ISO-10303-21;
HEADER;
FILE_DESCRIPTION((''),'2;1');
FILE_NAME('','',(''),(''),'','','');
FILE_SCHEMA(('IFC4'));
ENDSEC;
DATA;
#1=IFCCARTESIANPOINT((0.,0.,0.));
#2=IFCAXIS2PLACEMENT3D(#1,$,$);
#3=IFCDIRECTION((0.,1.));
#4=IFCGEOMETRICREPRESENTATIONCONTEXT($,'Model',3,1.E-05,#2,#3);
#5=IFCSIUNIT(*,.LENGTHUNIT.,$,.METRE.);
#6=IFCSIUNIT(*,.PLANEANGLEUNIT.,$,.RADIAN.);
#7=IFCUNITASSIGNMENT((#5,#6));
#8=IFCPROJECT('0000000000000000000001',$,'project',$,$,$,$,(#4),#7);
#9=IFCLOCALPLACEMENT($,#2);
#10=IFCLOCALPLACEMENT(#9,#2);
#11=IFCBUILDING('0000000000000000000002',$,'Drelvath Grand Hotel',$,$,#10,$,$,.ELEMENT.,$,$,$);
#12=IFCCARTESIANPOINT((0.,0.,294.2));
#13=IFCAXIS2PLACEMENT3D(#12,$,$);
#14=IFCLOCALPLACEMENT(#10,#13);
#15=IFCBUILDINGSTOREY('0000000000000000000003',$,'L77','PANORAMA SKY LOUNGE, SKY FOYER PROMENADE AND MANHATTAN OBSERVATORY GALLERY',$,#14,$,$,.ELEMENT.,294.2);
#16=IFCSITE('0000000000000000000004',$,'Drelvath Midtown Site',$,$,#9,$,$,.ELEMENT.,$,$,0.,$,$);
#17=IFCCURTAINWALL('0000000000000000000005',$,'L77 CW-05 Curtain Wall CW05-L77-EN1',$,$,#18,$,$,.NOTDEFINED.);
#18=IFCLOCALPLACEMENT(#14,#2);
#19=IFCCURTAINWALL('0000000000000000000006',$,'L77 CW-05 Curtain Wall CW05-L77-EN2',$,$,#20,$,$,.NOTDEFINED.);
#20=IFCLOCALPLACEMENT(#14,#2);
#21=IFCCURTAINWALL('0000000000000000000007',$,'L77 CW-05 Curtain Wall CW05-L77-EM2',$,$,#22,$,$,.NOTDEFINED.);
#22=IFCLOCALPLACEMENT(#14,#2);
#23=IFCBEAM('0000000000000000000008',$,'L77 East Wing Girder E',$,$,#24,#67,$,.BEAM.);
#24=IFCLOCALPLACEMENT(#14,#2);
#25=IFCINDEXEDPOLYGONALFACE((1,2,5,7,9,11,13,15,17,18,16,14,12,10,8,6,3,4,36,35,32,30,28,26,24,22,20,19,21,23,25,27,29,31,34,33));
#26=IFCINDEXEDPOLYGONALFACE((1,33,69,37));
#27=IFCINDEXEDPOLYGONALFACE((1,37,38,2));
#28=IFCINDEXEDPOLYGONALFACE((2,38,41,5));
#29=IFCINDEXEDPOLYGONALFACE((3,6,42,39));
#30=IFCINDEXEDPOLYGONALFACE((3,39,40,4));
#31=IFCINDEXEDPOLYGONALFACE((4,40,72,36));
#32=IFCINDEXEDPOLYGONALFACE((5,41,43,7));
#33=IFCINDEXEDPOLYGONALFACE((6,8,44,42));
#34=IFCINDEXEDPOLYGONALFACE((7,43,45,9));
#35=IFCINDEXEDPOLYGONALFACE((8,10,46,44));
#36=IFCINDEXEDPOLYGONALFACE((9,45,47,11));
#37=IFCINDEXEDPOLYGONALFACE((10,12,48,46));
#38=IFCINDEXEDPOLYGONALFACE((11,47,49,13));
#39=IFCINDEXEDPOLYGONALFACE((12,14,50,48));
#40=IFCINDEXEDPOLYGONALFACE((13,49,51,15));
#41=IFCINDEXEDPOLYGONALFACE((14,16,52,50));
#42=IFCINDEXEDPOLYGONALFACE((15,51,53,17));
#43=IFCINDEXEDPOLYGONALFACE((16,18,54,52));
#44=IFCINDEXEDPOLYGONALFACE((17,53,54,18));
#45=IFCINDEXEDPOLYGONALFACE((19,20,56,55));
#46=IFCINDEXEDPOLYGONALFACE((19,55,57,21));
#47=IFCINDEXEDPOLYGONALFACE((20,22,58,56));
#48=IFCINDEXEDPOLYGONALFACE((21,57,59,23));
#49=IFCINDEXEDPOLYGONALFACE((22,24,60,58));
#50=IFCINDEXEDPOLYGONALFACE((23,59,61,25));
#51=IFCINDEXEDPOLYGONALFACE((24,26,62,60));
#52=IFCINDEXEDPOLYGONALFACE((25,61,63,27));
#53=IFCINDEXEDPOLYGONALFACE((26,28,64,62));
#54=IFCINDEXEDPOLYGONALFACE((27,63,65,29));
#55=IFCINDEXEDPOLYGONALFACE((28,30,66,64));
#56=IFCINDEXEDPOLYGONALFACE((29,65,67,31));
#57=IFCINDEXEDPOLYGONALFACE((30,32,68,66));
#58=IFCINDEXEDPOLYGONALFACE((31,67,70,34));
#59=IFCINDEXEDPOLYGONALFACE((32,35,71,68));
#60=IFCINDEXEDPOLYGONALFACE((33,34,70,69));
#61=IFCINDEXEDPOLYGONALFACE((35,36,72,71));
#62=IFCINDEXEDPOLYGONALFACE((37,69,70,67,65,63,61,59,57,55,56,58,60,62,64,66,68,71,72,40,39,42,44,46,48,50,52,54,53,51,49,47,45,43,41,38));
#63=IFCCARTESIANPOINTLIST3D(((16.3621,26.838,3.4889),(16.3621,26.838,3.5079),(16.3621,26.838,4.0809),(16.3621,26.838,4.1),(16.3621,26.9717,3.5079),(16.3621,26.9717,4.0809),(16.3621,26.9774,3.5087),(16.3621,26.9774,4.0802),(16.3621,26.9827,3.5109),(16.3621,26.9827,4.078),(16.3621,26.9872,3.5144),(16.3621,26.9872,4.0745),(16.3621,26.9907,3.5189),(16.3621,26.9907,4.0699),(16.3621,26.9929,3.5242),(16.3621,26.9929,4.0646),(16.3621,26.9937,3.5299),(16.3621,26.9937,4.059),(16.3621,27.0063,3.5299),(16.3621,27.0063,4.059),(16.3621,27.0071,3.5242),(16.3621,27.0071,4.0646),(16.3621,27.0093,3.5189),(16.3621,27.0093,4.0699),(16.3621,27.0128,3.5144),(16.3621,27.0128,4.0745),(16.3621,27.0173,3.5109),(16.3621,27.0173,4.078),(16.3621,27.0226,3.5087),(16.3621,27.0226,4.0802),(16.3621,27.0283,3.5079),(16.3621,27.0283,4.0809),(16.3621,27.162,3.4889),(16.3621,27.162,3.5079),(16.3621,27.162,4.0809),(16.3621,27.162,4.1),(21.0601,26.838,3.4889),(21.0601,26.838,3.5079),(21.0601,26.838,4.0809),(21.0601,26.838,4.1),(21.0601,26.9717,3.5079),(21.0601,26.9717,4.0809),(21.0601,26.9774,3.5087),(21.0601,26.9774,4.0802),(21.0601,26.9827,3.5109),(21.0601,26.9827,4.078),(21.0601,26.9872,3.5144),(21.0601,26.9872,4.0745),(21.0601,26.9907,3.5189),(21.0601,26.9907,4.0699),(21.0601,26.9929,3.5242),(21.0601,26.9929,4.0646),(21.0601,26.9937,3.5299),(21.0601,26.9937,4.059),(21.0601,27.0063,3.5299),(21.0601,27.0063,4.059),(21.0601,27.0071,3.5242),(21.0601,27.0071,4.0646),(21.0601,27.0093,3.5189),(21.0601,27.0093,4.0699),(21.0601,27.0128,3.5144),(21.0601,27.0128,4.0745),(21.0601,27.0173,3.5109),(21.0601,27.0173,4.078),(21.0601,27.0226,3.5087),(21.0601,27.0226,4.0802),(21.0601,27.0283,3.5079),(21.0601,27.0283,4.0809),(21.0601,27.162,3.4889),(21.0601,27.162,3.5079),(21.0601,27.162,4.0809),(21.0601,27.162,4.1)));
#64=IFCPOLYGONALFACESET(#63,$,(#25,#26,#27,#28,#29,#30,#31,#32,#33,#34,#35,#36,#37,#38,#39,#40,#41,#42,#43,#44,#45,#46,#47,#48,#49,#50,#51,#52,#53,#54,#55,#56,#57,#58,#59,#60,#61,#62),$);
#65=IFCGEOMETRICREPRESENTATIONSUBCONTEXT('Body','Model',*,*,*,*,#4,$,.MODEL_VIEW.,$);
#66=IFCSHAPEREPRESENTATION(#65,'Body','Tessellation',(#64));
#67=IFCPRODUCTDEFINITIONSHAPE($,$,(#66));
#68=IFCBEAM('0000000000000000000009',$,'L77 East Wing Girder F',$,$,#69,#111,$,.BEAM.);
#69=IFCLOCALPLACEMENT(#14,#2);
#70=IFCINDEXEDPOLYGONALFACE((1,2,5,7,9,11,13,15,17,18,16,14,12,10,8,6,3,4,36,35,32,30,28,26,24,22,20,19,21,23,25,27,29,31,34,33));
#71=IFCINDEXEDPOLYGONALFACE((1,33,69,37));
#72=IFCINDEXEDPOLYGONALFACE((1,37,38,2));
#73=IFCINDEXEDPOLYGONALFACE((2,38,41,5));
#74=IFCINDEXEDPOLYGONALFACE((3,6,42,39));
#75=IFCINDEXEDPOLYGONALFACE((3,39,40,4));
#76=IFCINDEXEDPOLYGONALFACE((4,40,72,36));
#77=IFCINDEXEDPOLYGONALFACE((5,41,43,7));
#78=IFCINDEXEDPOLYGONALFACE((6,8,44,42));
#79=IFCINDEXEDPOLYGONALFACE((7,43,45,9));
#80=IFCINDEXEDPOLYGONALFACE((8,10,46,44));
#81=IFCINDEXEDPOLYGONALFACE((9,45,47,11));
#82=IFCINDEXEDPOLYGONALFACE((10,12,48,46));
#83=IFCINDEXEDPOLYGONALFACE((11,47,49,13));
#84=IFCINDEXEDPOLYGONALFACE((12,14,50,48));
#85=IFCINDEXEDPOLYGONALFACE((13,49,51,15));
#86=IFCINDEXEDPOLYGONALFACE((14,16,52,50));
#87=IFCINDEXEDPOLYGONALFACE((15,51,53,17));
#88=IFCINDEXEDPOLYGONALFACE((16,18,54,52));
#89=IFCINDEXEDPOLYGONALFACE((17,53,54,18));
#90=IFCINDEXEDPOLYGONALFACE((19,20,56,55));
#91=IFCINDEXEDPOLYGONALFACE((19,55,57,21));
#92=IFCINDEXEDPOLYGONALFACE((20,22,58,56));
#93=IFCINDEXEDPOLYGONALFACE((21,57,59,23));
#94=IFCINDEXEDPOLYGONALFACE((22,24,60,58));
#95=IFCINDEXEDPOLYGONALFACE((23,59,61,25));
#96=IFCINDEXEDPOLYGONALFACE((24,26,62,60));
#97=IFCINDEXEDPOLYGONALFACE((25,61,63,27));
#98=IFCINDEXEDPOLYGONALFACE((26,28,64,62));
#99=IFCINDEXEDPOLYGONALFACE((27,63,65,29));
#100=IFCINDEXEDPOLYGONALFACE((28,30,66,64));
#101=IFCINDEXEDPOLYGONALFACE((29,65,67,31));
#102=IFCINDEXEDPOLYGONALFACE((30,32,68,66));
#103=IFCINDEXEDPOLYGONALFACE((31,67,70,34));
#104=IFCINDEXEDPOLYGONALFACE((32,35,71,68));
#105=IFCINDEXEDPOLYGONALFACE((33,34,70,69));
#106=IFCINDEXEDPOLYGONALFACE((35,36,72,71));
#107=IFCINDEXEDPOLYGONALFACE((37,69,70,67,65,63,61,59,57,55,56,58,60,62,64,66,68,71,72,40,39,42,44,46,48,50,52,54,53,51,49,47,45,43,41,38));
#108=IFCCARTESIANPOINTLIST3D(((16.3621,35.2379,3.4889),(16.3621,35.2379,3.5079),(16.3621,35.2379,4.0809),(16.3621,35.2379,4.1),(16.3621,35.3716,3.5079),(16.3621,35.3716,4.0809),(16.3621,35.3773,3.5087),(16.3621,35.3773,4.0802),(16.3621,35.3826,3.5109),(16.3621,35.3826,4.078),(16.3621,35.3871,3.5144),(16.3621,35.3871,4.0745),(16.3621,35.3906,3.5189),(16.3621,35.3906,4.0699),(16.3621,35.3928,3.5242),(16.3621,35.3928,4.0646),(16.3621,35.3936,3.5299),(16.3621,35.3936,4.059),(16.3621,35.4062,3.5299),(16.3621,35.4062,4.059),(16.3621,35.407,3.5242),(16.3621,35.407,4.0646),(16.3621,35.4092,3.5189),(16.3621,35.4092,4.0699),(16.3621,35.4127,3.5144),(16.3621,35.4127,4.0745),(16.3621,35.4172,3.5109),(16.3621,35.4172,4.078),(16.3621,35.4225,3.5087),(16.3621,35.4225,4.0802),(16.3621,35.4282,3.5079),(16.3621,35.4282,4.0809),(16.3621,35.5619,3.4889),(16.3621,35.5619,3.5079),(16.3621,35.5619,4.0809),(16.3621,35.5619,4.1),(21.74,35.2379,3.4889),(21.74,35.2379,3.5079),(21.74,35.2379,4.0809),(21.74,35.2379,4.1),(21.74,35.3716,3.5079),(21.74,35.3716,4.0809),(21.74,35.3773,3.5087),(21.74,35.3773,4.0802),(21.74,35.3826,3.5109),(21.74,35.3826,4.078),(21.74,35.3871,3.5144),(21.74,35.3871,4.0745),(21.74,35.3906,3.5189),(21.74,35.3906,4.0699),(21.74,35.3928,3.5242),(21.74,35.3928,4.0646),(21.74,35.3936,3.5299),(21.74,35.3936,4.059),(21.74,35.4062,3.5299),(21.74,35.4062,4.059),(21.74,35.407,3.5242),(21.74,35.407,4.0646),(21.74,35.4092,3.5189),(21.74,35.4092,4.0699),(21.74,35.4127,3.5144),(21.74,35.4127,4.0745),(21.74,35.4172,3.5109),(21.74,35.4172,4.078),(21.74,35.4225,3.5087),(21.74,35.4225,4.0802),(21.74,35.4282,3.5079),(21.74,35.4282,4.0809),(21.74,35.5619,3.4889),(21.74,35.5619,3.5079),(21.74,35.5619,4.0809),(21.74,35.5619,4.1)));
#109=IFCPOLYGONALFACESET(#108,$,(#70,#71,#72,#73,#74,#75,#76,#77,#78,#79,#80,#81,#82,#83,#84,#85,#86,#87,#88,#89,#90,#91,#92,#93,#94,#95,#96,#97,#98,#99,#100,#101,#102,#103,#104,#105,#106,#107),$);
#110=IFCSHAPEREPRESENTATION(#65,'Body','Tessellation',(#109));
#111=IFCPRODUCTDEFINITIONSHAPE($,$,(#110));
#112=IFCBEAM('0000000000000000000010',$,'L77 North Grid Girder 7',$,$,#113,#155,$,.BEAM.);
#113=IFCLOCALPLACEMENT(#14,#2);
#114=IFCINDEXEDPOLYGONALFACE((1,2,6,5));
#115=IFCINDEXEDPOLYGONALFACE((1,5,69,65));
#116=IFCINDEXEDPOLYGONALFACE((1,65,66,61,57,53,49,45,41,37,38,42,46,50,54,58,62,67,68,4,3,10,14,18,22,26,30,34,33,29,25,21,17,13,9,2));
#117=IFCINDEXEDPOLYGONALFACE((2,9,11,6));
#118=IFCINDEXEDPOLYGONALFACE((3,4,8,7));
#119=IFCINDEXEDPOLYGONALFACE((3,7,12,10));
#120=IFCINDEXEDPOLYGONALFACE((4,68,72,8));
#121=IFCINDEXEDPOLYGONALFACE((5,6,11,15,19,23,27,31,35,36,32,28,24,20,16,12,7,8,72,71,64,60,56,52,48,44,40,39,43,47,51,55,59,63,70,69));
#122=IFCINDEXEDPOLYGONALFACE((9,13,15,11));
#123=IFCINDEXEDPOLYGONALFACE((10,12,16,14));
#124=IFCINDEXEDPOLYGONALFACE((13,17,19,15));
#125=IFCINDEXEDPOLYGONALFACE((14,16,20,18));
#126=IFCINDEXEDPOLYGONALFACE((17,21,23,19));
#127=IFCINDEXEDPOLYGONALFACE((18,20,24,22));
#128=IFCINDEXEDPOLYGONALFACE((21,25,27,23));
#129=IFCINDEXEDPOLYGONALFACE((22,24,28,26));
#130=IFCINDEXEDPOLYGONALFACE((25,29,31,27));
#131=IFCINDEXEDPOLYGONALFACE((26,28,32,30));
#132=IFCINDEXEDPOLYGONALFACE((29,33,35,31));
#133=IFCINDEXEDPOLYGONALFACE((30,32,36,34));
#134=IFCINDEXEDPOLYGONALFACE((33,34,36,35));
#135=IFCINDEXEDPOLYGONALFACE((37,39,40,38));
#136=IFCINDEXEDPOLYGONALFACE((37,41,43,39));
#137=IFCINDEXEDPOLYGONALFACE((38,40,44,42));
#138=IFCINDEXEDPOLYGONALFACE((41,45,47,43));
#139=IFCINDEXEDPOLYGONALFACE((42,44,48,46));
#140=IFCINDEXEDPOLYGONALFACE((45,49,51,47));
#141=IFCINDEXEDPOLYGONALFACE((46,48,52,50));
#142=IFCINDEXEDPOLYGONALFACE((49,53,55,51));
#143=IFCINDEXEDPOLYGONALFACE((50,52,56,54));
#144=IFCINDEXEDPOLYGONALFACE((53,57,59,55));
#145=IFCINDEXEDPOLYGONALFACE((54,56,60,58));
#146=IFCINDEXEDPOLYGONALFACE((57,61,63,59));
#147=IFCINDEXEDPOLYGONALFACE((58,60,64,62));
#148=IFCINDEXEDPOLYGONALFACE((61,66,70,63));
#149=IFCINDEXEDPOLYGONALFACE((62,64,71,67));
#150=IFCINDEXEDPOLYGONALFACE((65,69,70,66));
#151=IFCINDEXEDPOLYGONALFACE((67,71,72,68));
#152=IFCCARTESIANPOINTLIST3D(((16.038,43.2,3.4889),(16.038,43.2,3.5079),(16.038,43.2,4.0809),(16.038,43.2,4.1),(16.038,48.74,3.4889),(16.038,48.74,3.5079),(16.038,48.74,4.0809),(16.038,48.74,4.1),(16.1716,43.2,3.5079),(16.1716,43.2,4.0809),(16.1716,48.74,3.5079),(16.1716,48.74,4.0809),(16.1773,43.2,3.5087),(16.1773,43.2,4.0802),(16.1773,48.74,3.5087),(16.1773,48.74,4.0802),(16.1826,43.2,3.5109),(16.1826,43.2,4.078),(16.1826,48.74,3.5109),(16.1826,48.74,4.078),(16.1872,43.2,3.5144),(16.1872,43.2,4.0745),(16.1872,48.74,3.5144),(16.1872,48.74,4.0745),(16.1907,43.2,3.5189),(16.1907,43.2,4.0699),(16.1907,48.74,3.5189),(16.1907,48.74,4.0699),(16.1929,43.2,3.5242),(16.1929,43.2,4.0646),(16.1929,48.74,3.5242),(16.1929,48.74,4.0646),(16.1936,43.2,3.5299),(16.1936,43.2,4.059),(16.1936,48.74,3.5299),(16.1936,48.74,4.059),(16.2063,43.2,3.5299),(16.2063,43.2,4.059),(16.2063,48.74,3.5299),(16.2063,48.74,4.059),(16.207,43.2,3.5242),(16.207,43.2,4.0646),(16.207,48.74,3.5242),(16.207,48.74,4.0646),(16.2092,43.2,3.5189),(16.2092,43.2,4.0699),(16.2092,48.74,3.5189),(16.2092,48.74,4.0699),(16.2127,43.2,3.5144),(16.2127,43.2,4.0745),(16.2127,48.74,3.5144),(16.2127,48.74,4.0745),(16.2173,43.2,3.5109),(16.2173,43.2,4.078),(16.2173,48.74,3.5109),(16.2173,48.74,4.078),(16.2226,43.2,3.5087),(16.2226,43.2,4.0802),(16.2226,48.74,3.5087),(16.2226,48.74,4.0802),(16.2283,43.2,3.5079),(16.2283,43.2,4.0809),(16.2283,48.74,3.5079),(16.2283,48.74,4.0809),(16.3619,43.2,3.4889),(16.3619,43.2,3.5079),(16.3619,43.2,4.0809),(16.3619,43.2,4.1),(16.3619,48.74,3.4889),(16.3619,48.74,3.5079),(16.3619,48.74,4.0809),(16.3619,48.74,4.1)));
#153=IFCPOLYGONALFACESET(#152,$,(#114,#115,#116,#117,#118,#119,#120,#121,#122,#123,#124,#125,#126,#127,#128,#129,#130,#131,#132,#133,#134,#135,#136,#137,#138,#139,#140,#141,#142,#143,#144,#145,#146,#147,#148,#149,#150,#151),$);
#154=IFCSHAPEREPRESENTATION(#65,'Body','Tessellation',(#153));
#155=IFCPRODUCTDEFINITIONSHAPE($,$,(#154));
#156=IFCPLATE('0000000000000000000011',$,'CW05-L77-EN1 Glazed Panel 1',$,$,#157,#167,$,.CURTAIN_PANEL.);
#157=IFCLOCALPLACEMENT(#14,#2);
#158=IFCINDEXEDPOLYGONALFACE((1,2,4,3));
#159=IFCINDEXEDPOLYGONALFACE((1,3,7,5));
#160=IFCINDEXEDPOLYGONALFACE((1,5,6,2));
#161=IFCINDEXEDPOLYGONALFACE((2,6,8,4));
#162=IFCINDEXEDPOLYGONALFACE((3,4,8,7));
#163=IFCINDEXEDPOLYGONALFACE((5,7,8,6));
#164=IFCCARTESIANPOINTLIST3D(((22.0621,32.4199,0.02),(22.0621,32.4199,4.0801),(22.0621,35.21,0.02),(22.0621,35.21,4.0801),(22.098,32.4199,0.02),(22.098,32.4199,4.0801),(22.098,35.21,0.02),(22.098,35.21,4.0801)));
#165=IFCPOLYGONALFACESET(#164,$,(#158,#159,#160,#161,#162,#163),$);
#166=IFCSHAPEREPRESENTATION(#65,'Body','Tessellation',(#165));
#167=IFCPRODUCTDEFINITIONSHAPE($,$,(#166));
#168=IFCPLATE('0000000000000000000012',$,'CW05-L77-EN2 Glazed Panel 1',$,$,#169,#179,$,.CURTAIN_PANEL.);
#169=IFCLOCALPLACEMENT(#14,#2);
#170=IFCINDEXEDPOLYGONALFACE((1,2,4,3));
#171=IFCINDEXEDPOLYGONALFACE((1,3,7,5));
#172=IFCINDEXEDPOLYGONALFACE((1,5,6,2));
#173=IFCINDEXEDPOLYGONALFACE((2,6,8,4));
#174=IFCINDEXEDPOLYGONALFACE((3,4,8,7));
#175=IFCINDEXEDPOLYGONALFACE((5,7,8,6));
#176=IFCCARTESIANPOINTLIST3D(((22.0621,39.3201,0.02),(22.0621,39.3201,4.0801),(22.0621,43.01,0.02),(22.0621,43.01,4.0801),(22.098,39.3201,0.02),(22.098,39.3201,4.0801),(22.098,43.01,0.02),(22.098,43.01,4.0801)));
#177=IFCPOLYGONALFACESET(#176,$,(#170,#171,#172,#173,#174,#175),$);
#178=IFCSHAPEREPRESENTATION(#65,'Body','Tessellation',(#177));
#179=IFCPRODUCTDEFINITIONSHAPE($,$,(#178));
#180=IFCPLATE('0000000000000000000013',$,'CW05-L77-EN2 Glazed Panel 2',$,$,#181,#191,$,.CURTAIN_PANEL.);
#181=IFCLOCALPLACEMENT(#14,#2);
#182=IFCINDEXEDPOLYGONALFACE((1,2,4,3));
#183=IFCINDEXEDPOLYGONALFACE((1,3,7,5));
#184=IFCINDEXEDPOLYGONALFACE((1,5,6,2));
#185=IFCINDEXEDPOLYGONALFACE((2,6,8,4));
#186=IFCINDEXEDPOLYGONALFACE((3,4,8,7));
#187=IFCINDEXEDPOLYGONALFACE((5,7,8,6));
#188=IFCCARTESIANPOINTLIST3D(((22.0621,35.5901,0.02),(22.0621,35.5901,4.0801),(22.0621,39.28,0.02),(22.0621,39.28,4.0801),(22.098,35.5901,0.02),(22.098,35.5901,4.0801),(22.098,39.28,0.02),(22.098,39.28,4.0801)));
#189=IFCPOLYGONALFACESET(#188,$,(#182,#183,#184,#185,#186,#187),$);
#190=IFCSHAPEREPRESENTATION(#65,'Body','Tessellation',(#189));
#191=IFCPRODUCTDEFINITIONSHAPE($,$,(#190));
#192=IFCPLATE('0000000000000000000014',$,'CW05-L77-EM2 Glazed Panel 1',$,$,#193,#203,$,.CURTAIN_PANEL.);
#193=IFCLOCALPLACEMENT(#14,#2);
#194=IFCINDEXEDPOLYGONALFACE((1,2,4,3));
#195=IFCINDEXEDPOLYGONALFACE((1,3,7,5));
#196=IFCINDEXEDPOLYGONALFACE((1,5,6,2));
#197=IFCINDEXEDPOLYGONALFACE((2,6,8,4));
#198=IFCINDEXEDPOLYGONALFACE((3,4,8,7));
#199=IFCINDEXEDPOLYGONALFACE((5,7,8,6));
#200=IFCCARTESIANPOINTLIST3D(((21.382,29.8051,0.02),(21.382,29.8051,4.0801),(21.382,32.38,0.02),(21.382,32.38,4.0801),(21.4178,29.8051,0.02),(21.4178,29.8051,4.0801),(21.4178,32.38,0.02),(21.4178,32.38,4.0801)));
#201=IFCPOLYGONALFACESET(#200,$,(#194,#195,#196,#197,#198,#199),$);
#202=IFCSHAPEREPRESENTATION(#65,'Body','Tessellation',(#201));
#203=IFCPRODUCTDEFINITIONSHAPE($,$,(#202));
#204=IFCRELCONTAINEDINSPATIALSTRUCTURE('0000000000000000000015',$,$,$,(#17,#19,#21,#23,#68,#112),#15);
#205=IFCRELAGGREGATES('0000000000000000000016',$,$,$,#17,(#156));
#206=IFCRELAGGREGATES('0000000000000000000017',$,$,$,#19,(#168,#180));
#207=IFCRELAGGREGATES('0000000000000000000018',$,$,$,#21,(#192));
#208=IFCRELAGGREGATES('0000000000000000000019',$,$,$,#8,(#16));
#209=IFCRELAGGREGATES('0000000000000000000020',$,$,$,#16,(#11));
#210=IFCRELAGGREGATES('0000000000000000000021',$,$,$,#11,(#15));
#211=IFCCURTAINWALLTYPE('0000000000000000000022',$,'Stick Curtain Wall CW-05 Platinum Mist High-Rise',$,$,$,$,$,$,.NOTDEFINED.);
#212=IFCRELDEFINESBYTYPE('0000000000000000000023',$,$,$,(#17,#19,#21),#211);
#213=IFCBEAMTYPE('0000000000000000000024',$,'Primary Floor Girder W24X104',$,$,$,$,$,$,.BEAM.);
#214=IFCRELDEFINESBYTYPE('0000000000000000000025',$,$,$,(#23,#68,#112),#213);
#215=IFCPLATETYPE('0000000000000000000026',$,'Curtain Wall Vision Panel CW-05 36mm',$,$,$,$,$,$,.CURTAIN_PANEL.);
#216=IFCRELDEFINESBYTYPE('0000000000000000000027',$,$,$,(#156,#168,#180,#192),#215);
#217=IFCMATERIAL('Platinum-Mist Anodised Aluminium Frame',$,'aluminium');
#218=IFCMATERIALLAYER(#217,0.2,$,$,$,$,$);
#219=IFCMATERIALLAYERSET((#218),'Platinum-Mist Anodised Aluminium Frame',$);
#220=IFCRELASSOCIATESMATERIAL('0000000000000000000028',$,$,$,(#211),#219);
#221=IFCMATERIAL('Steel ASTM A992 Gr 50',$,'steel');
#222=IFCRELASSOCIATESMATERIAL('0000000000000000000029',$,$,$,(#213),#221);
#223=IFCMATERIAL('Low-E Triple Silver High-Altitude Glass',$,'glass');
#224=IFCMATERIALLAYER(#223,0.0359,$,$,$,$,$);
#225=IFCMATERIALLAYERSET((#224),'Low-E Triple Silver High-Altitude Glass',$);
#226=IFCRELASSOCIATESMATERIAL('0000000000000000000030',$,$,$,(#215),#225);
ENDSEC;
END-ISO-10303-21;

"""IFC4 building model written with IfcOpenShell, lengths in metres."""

from ifc_helpers import new_model, si_unit, direction, frame, origin, origin_2d, place, context, subcontext, project, spatial, rectangle, i_section, extrude, material, layer, layer_set, material_profile, profile_set, type_object, element, aggregate, save


model = new_model("IFC4")

# Units and contexts
model_context = context("Model", 3, precision=1e-05, world=origin(), true_north=direction((0.0, 1.0)))
body_context = subcontext(model_context, "Body", "Model", "MODEL_VIEW")
ifc_project = project(units=[si_unit("LENGTHUNIT", "METRE"), si_unit("PLANEANGLEUNIT", "RADIAN")], contexts=[model_context])

# Site, building, storey
site_placement = place(None, origin())
site = spatial("IfcSite", under=ifc_project, at=site_placement, Name="Drelvath Midtown Site", CompositionType="ELEMENT", RefElevation=0.0)
building_placement = place(site_placement, origin())
building = spatial("IfcBuilding", under=site, at=building_placement, Name="Drelvath Grand Hotel", CompositionType="ELEMENT")
storey_placement = place(building_placement, frame((0.0, 0.0, 294.2)))
storey = spatial("IfcBuildingStorey", under=building, at=storey_placement, Name="L77", Description="PANORAMA SKY LOUNGE, SKY FOYER PROMENADE AND MANHATTAN OBSERVATORY GALLERY", CompositionType="ELEMENT", Elevation=294.2)

# Curtain walls
ifc_material_1 = material(Name="Platinum-Mist Anodised Aluminium Frame", Category="aluminium")
ifc_layer_1 = layer(ifc_material_1, 0.2)
ifc_layer_set_1 = layer_set([ifc_layer_1], Name="Platinum-Mist Anodised Aluminium Frame")
curtain_wall_type = type_object("IfcCurtainWallType", Name="Stick Curtain Wall CW-05 Platinum Mist High-Rise", PredefinedType="NOTDEFINED", material=ifc_layer_set_1)
curtain_wall_1_placement = place(storey_placement, origin())
curtain_wall_1 = element("IfcCurtainWall", 1, at=curtain_wall_1_placement, inside=storey, type_object=curtain_wall_type, Name="L77 CW-05 Curtain Wall CW05-L77-EN1", PredefinedType="NOTDEFINED")
curtain_wall_2_placement = place(storey_placement, origin())
curtain_wall_2 = element("IfcCurtainWall", 2, at=curtain_wall_2_placement, inside=storey, type_object=curtain_wall_type, Name="L77 CW-05 Curtain Wall CW05-L77-EN2", PredefinedType="NOTDEFINED")
curtain_wall_3_placement = place(storey_placement, origin())
curtain_wall_3 = element("IfcCurtainWall", 3, at=curtain_wall_3_placement, inside=storey, type_object=curtain_wall_type, Name="L77 CW-05 Curtain Wall CW05-L77-EM2", PredefinedType="NOTDEFINED")

# Beams
ifc_material_2 = material(Name="Steel ASTM A992 Gr 50", Category="steel")
ifc_material_profile_1 = material_profile(ifc_material_2, i_section(OverallWidth=0.324, OverallDepth=0.6111, WebThickness=0.0127, FlangeThickness=0.019, FilletRadius=0.022, at=origin_2d()), Name="W24X104")
ifc_profile_set_1 = profile_set([ifc_material_profile_1], Name="Steel ASTM A992 Gr 50")
beam_type_1 = type_object("IfcBeamType", Name="Primary Floor Girder W24X104", PredefinedType="BEAM", material=ifc_profile_set_1)
beam_1_placement = place(storey_placement, frame((16.3621, 27.0, 3.7944), z_axis=(1.0, 0.0, 0.0), x_axis=(0.0, 1.0, 0.0)))
element("IfcBeam", 4, at=beam_1_placement, inside=storey, type_object=beam_type_1, Name="L77 East Wing Girder E", PredefinedType="BEAM", context=body_context, shape_type="SweptSolid", body=[
    extrude(i_section(OverallWidth=0.324, OverallDepth=0.6111, WebThickness=0.0127, FlangeThickness=0.019, FilletRadius=0.022, at=origin_2d()), origin(), (0.0, 0.0, 1.0), 4.698),
])
beam_2_placement = place(storey_placement, frame((16.3621, 35.3999, 3.7944), z_axis=(1.0, 0.0, 0.0), x_axis=(0.0, 1.0, 0.0)))
element("IfcBeam", 5, at=beam_2_placement, inside=storey, type_object=beam_type_1, Name="L77 East Wing Girder F", PredefinedType="BEAM", context=body_context, shape_type="SweptSolid", body=[
    extrude(i_section(OverallWidth=0.324, OverallDepth=0.6111, WebThickness=0.0127, FlangeThickness=0.019, FilletRadius=0.022, at=origin_2d()), origin(), (0.0, 0.0, 1.0), 5.3779),
])
beam_3_placement = place(storey_placement, frame((16.2, 43.2, 3.7944), z_axis=(0.0, 1.0, 0.0), x_axis=(-1.0, 0.0, 0.0)))
element("IfcBeam", 6, at=beam_3_placement, inside=storey, type_object=beam_type_1, Name="L77 North Grid Girder 7", PredefinedType="BEAM", context=body_context, shape_type="SweptSolid", body=[
    extrude(i_section(OverallWidth=0.324, OverallDepth=0.6111, WebThickness=0.0127, FlangeThickness=0.019, FilletRadius=0.022, at=origin_2d()), origin(), (0.0, 0.0, 1.0), 5.54),
])

# Plates
ifc_material_3 = material(Name="Low-E Triple Silver High-Altitude Glass", Category="glass")
ifc_layer_2 = layer(ifc_material_3, 0.0359)
ifc_layer_set_2 = layer_set([ifc_layer_2], Name="Low-E Triple Silver High-Altitude Glass")
plate_type = type_object("IfcPlateType", Name="Curtain Wall Vision Panel CW-05 36mm", PredefinedType="CURTAIN_PANEL", material=ifc_layer_set_2)
plate_1_placement = place(storey_placement, frame((22.0801, 33.8149, 0.02), z_axis=(0.0, 0.0, 1.0), x_axis=(0.0, -1.0, 0.0)))
plate_1 = element("IfcPlate", 7, at=plate_1_placement, type_object=plate_type, Name="CW05-L77-EN1 Glazed Panel 1", PredefinedType="CURTAIN_PANEL", context=body_context, shape_type="SweptSolid", body=[
    extrude(rectangle(XDim=2.79, YDim=0.0359, at=origin_2d()), origin(), (0.0, 0.0, 1.0), 4.0601),
])
aggregate(curtain_wall_1, [plate_1])
plate_2_placement = place(storey_placement, frame((22.0801, 41.165, 0.02), z_axis=(0.0, 0.0, 1.0), x_axis=(0.0, -1.0, 0.0)))
plate_2 = element("IfcPlate", 8, at=plate_2_placement, type_object=plate_type, Name="CW05-L77-EN2 Glazed Panel 1", PredefinedType="CURTAIN_PANEL", context=body_context, shape_type="SweptSolid", body=[
    extrude(rectangle(XDim=3.6899, YDim=0.0359, at=origin_2d()), origin(), (0.0, 0.0, 1.0), 4.0601),
])
plate_3_placement = place(storey_placement, frame((22.0801, 37.4351, 0.02), z_axis=(0.0, 0.0, 1.0), x_axis=(0.0, -1.0, 0.0)))
plate_3 = element("IfcPlate", 9, at=plate_3_placement, type_object=plate_type, Name="CW05-L77-EN2 Glazed Panel 2", PredefinedType="CURTAIN_PANEL", context=body_context, shape_type="SweptSolid", body=[
    extrude(rectangle(XDim=3.6899, YDim=0.0359, at=origin_2d()), origin(), (0.0, 0.0, 1.0), 4.0601),
])
aggregate(curtain_wall_2, [plate_2, plate_3])
plate_4_placement = place(storey_placement, frame((21.3999, 31.0925, 0.02), z_axis=(0.0, 0.0, 1.0), x_axis=(0.0, -1.0, 0.0)))
plate_4 = element("IfcPlate", 10, at=plate_4_placement, type_object=plate_type, Name="CW05-L77-EM2 Glazed Panel 1", PredefinedType="CURTAIN_PANEL", context=body_context, shape_type="SweptSolid", body=[
    extrude(rectangle(XDim=2.575, YDim=0.0359, at=origin_2d()), origin(), (0.0, 0.0, 1.0), 4.0601),
])
aggregate(curtain_wall_3, [plate_4])

save(model, "model.ifc")
